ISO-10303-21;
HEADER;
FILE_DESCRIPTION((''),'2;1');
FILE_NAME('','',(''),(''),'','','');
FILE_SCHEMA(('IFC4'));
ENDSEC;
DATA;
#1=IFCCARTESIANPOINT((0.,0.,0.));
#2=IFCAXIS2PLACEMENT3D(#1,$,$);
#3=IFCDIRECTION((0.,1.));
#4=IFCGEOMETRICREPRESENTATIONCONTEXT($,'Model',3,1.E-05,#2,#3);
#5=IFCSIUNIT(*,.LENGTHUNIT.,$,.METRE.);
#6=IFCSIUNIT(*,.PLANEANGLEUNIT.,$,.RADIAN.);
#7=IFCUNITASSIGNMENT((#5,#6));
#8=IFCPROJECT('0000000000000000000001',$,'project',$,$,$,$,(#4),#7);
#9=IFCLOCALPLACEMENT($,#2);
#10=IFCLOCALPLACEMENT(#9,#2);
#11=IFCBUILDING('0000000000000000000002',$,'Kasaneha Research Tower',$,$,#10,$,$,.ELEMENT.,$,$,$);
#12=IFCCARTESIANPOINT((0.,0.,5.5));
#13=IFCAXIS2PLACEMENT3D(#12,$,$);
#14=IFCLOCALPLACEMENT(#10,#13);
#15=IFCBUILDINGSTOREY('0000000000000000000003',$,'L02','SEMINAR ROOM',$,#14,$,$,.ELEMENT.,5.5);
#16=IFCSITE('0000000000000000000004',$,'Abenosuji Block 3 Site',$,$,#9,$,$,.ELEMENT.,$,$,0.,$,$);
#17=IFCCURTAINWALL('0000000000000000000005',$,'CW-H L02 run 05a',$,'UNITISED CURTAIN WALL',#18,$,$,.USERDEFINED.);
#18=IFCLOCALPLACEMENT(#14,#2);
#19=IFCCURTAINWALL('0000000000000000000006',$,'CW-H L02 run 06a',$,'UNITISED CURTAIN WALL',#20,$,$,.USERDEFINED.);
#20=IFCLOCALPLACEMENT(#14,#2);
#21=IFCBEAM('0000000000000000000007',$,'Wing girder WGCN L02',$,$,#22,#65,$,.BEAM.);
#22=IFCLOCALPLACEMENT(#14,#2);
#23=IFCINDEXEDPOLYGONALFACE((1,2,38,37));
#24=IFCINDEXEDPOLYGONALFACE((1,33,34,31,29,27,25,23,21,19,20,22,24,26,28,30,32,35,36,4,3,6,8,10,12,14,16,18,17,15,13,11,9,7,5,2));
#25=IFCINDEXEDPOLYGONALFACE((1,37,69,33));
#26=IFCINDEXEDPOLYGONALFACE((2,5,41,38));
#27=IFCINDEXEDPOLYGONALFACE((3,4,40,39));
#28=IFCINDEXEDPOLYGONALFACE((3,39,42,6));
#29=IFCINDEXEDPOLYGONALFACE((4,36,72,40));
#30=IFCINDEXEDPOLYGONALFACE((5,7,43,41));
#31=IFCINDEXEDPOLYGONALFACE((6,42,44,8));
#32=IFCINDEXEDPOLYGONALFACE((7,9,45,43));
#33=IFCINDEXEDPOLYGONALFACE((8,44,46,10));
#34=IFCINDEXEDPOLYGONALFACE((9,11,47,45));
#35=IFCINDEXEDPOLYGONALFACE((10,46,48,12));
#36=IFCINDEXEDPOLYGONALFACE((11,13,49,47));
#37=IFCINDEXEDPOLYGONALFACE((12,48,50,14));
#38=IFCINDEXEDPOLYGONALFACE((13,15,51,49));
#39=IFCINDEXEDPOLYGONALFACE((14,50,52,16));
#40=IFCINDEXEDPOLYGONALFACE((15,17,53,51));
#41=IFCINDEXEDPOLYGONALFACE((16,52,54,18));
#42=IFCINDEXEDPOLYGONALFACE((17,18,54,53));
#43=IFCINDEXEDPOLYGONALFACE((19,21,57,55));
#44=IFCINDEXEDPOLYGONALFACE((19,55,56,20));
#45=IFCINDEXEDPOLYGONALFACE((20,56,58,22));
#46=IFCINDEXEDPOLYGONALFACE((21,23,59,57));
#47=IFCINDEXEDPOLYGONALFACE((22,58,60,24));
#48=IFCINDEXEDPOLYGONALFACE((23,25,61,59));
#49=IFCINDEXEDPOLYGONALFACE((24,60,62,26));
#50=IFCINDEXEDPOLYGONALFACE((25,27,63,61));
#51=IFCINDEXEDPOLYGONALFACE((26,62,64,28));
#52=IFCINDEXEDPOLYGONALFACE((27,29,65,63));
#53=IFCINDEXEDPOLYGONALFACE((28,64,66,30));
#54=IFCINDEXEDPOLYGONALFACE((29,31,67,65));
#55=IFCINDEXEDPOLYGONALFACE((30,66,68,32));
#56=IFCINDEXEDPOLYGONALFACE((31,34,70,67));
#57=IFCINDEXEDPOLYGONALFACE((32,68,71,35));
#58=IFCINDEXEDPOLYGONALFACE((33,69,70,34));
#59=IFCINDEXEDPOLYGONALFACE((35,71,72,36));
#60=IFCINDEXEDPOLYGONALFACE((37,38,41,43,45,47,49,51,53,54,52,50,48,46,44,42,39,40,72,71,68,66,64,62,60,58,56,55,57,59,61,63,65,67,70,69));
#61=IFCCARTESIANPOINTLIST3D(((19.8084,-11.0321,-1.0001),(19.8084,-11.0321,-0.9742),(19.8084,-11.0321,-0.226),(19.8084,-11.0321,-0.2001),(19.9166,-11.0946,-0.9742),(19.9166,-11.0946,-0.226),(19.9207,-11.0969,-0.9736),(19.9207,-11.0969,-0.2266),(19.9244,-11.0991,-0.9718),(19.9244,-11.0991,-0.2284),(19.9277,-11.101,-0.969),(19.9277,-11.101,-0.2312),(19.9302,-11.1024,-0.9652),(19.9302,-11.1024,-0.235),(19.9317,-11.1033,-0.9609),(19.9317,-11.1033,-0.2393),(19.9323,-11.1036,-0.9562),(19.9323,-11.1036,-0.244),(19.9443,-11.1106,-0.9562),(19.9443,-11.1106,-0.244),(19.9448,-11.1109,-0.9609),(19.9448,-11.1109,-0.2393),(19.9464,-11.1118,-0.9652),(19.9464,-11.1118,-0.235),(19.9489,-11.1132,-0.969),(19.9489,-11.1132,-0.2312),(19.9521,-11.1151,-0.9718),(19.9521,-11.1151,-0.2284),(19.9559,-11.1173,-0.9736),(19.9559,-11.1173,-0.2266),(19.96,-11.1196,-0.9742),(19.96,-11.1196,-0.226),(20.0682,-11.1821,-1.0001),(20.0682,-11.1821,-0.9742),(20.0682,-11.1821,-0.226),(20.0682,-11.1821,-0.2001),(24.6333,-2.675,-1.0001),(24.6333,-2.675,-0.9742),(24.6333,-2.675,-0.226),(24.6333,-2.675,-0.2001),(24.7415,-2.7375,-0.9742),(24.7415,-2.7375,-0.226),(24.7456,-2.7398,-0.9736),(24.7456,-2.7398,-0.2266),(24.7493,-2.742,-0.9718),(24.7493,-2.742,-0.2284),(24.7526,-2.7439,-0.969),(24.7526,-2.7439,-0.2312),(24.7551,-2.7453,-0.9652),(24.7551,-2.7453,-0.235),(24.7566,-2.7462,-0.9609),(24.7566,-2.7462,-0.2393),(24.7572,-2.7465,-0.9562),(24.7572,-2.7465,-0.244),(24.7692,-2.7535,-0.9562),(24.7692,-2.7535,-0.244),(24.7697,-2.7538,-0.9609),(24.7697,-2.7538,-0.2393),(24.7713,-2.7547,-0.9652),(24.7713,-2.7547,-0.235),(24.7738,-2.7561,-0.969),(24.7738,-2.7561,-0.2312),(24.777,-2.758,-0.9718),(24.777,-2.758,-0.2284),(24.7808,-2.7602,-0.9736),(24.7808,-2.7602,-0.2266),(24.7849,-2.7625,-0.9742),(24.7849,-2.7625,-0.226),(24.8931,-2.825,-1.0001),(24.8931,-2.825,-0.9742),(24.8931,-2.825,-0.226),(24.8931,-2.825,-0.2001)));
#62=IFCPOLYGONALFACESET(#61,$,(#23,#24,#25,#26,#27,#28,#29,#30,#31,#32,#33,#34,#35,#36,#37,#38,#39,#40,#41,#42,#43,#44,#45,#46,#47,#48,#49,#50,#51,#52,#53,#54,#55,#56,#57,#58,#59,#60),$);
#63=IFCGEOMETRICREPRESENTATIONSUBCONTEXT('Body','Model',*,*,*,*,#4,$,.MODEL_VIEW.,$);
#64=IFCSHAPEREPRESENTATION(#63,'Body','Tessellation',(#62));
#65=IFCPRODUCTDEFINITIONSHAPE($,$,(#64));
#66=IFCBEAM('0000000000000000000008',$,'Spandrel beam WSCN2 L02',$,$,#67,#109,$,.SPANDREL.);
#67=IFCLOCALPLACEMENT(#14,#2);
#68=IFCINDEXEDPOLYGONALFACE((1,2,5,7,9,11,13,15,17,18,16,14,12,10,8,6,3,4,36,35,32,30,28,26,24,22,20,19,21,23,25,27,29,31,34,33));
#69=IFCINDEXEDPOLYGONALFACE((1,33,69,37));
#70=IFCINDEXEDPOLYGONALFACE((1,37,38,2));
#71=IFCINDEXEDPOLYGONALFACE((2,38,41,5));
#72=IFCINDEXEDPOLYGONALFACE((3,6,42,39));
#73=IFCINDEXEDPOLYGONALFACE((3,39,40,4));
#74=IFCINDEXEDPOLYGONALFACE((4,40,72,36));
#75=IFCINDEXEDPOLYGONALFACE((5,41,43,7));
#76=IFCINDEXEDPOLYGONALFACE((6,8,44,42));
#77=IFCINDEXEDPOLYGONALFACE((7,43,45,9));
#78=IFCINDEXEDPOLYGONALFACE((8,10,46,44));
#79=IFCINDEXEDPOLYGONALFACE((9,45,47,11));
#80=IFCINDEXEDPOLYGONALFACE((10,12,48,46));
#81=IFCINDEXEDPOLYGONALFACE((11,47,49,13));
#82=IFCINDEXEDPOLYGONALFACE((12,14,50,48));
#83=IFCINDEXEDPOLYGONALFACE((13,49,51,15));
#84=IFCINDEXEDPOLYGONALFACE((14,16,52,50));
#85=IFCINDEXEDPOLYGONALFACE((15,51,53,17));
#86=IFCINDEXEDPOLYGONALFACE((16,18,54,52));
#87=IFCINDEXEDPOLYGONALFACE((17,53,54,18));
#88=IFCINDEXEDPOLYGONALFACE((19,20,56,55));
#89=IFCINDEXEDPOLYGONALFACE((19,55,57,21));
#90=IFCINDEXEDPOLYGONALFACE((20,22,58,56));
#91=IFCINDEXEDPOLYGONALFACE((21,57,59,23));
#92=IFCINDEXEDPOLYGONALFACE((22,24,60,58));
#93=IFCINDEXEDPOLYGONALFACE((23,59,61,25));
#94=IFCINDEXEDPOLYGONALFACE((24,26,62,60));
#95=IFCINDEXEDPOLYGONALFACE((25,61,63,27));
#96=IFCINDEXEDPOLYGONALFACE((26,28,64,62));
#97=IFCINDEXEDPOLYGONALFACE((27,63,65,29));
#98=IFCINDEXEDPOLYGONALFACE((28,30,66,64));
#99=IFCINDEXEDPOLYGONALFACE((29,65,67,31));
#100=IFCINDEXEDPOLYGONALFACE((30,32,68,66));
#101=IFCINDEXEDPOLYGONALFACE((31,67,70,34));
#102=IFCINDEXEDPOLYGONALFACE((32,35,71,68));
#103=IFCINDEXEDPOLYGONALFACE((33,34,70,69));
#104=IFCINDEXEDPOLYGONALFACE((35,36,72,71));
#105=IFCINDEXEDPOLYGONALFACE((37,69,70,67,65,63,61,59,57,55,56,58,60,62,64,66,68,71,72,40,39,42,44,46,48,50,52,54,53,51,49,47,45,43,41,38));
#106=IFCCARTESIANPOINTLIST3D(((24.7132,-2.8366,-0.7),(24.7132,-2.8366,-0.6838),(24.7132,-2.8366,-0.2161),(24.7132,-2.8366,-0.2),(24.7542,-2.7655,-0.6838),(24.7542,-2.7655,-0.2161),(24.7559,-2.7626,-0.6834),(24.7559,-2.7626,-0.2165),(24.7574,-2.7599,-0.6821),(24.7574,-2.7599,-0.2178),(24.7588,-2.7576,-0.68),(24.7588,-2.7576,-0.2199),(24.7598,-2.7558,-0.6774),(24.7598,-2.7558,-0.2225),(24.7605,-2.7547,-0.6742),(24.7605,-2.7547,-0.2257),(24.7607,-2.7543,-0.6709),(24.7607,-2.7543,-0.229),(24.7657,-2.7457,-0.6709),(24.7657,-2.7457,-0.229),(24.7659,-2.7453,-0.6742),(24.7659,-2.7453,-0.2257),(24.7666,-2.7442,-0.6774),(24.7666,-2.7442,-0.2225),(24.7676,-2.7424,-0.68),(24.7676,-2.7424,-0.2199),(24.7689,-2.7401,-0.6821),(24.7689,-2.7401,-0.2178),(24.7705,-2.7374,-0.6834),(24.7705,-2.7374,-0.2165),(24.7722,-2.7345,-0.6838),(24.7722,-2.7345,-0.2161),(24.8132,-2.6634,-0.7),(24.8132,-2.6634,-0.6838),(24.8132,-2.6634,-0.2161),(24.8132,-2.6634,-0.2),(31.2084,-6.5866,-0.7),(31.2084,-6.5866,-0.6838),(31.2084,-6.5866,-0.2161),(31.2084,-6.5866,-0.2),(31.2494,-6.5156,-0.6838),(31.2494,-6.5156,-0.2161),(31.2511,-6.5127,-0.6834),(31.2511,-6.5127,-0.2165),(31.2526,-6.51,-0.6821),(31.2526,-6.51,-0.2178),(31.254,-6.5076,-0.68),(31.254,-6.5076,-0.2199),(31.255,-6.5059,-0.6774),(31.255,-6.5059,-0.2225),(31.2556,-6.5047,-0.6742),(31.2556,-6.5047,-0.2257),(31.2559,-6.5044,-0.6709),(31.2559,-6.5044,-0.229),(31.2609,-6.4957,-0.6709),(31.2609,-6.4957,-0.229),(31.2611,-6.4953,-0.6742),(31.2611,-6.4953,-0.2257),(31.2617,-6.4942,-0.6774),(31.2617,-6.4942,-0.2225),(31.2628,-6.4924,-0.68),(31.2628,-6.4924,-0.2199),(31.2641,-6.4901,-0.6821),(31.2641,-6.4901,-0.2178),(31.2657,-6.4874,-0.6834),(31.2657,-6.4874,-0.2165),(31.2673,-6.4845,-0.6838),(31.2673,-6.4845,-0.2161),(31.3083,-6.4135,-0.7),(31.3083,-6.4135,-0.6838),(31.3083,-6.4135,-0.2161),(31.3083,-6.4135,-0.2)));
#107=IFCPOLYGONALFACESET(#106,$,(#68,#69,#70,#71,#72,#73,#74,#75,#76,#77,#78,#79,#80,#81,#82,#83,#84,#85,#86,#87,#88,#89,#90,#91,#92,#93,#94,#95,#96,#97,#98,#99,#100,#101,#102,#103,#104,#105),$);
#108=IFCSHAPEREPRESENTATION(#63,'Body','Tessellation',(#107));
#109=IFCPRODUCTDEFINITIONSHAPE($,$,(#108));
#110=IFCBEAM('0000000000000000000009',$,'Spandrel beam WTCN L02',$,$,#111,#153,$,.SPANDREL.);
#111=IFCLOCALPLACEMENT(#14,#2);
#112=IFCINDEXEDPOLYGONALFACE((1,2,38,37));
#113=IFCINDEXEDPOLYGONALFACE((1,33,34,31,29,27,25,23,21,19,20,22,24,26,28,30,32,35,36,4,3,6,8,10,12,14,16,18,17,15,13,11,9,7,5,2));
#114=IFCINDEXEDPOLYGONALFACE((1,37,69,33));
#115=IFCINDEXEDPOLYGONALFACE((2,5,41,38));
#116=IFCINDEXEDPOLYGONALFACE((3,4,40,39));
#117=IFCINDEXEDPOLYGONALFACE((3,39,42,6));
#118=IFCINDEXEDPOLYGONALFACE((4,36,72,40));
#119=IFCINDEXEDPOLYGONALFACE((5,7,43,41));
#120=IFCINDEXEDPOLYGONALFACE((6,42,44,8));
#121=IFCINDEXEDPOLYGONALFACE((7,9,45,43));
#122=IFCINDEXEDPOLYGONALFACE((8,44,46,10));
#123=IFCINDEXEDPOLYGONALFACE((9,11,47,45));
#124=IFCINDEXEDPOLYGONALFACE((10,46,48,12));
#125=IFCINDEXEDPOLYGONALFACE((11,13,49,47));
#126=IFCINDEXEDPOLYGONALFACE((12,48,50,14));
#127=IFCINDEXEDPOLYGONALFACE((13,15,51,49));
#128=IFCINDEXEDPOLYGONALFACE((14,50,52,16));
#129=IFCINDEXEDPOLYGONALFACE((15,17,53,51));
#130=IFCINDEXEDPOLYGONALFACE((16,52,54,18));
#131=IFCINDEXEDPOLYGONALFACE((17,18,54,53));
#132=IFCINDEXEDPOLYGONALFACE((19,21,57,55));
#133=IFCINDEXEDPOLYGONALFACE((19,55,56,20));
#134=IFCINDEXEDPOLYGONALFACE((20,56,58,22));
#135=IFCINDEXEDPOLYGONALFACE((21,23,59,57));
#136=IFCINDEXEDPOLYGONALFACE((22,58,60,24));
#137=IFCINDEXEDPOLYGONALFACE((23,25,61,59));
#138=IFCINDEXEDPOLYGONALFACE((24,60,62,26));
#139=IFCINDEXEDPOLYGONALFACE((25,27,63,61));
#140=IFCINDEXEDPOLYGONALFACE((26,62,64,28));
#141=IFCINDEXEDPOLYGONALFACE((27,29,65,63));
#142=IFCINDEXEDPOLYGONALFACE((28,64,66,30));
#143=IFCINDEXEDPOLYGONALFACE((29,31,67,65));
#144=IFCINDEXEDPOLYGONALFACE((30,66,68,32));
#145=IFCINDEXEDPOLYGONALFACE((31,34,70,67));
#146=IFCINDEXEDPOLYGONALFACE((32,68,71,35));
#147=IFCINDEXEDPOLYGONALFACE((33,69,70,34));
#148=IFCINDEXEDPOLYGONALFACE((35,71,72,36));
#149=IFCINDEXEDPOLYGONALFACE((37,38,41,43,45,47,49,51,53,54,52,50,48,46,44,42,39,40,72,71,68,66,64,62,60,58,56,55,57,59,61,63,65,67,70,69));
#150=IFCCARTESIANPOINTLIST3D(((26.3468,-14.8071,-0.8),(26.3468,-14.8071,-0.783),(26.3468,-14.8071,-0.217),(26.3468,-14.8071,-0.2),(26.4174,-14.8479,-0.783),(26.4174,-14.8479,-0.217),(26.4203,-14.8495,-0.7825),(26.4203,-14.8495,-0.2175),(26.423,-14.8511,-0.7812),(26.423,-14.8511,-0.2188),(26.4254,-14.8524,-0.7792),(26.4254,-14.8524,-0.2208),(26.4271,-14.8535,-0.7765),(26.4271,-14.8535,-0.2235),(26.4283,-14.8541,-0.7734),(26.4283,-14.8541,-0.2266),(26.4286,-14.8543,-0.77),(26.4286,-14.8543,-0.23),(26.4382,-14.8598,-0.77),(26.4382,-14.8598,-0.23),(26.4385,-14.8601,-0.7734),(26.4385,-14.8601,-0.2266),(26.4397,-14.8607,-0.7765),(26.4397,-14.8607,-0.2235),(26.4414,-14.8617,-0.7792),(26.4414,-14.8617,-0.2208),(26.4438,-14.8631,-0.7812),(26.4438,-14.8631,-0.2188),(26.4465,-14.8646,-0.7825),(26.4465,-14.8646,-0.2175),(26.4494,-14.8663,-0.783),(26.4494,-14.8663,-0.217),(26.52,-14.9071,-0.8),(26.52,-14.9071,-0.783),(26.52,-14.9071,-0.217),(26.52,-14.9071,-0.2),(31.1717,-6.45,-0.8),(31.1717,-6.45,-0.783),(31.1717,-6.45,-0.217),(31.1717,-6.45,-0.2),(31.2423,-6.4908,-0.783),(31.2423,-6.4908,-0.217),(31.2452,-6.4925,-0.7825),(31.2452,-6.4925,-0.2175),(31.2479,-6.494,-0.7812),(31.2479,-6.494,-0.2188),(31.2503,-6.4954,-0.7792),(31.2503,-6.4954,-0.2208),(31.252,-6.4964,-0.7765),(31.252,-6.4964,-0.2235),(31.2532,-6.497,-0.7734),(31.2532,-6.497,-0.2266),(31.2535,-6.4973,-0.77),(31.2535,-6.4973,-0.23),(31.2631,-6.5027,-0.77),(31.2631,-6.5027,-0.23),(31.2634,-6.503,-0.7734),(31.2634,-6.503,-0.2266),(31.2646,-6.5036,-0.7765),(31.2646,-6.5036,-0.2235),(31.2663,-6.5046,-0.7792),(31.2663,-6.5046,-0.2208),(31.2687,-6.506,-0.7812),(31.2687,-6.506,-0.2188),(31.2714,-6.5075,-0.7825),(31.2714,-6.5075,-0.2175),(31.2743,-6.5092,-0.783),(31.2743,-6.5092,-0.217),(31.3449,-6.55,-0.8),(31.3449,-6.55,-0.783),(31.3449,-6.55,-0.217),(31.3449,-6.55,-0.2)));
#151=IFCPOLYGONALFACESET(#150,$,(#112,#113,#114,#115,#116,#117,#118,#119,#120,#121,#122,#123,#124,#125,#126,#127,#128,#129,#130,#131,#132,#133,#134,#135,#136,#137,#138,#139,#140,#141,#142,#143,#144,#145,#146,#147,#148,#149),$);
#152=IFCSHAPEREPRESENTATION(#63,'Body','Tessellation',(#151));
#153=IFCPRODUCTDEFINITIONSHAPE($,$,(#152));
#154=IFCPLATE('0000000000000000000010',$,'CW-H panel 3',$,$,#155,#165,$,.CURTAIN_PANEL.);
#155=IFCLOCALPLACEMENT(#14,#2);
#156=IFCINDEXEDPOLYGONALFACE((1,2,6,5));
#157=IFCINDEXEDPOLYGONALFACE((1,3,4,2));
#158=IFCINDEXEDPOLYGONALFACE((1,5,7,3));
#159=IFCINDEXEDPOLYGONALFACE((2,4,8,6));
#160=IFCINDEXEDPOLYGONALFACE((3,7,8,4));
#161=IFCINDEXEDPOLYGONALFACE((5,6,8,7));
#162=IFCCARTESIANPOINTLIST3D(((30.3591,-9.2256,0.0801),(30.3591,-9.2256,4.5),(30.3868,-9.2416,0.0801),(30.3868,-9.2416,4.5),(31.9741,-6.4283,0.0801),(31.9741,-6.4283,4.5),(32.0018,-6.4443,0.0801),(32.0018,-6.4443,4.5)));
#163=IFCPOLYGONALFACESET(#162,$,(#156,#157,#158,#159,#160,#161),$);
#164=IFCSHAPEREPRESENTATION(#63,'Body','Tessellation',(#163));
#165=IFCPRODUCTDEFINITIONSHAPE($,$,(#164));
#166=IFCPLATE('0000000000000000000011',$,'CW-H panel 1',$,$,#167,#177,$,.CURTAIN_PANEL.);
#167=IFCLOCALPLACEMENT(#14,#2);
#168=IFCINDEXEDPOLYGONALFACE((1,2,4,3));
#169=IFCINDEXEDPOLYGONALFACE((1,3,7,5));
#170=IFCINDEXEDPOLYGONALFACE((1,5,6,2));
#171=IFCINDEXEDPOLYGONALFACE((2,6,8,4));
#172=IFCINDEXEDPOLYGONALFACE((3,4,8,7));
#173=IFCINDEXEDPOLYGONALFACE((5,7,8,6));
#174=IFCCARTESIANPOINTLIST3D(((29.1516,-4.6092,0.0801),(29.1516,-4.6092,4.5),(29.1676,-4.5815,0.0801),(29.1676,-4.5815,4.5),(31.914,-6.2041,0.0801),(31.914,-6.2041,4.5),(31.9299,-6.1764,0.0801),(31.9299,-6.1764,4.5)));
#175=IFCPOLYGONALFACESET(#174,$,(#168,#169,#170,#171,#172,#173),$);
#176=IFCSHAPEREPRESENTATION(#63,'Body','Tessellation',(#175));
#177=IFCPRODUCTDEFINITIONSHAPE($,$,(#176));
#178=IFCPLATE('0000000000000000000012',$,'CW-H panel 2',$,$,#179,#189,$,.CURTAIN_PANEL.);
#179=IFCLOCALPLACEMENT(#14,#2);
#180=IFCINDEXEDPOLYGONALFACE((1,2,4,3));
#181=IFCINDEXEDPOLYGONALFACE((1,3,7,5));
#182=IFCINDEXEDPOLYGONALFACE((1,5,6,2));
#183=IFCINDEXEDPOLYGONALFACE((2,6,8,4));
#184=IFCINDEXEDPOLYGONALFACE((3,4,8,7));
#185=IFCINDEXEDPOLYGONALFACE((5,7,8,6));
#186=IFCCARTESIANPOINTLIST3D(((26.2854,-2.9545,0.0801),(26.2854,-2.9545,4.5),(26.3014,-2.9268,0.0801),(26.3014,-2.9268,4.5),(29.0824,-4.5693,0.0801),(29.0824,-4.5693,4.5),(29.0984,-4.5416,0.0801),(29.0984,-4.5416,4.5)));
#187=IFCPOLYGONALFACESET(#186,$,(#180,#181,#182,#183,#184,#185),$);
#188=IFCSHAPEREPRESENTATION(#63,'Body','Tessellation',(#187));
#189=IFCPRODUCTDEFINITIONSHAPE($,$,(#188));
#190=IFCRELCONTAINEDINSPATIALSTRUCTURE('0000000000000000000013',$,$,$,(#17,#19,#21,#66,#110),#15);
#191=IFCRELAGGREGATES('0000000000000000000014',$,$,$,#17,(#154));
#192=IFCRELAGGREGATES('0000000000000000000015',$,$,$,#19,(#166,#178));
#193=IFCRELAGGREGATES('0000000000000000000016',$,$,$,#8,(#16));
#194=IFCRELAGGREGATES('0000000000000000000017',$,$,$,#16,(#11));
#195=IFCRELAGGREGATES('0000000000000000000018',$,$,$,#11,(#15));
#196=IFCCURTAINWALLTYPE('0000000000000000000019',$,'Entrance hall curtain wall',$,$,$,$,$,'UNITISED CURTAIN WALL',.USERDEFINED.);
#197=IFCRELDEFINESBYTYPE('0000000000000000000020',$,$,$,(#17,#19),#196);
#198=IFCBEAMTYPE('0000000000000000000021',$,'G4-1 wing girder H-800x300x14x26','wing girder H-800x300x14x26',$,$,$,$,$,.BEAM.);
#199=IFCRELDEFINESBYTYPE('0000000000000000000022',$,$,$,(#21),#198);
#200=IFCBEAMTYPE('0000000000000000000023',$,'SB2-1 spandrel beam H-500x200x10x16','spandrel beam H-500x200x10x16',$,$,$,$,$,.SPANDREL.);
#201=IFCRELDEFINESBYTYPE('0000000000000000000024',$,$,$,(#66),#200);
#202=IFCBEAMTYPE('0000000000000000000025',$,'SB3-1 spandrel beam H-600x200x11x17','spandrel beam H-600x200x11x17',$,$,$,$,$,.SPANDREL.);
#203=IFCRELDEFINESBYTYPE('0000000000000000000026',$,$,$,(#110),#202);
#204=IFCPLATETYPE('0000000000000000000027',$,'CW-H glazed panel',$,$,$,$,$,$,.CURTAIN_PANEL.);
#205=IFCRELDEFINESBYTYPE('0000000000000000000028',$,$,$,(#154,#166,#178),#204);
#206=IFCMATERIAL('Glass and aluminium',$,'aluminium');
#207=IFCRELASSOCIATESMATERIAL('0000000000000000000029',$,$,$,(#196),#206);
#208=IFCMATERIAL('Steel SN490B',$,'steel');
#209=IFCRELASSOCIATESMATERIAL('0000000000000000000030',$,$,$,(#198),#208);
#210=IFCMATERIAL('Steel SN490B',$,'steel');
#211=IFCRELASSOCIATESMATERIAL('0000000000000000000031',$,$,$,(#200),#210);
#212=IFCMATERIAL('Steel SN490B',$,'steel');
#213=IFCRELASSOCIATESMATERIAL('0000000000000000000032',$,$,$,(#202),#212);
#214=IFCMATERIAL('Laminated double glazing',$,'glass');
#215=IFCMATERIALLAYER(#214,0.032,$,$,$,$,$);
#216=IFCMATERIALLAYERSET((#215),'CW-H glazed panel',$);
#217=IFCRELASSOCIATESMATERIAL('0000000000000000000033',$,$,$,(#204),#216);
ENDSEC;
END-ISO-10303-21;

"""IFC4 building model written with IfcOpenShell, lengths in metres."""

from ifc_helpers import new_model, si_unit, direction, frame, origin, origin_2d, place, context, subcontext, project, spatial, rectangle, i_section, extrude, material, layer, layer_set, material_profile, profile_set, type_object, element, aggregate, save


model = new_model("IFC4")

# Units and contexts
model_context = context("Model", 3, precision=1e-05, world=origin(), true_north=direction((0.0, 1.0)))
body_context = subcontext(model_context, "Body", "Model", "MODEL_VIEW")
ifc_project = project(units=[si_unit("LENGTHUNIT", "METRE"), si_unit("PLANEANGLEUNIT", "RADIAN")], contexts=[model_context])

# Site, building, storey
site_placement = place(None, origin())
site = spatial("IfcSite", under=ifc_project, at=site_placement, Name="Abenosuji Block 3 Site", CompositionType="ELEMENT", RefElevation=0.0)
building_placement = place(site_placement, origin())
building = spatial("IfcBuilding", under=site, at=building_placement, Name="Kasaneha Research Tower", CompositionType="ELEMENT")
storey_placement = place(building_placement, frame((0.0, 0.0, 5.5)))
storey = spatial("IfcBuildingStorey", under=building, at=storey_placement, Name="L02", Description="SEMINAR ROOM", CompositionType="ELEMENT", Elevation=5.5)

# Curtain walls
ifc_material_1 = material(Name="Glass and aluminium", Category="aluminium")
curtain_wall_type = type_object("IfcCurtainWallType", Name="Entrance hall curtain wall", ElementType="UNITISED CURTAIN WALL", PredefinedType="USERDEFINED", material=ifc_material_1)
curtain_wall_1_placement = place(storey_placement, origin())
curtain_wall_1 = element("IfcCurtainWall", 1, at=curtain_wall_1_placement, inside=storey, type_object=curtain_wall_type, Name="CW-H L02 run 05a", ObjectType="UNITISED CURTAIN WALL", PredefinedType="USERDEFINED")
curtain_wall_2_placement = place(storey_placement, origin())
curtain_wall_2 = element("IfcCurtainWall", 2, at=curtain_wall_2_placement, inside=storey, type_object=curtain_wall_type, Name="CW-H L02 run 06a", ObjectType="UNITISED CURTAIN WALL", PredefinedType="USERDEFINED")

# Beams
ifc_material_2 = material(Name="Steel SN490B", Category="steel")
ifc_material_profile_1 = material_profile(ifc_material_2, i_section(OverallWidth=0.3, OverallDepth=0.8, WebThickness=0.0139, FlangeThickness=0.0259, FilletRadius=0.0181, at=origin_2d()), Name="H-800x300x14x26")
ifc_profile_set_1 = profile_set([ifc_material_profile_1], Name="Steel SN490B")
beam_type_1 = type_object("IfcBeamType", Name="G4-1 wing girder H-800x300x14x26", Description="wing girder H-800x300x14x26", PredefinedType="BEAM", material=ifc_profile_set_1)
beam_1_placement = place(storey_placement, frame((24.7632, -2.75, -0.6001), z_axis=(-0.499995, -0.866028, 0.0), x_axis=(0.866028, -0.499995, 0.0)))
element("IfcBeam", 3, at=beam_1_placement, inside=storey, type_object=beam_type_1, Name="Wing girder WGCN L02", PredefinedType="BEAM", context=body_context, shape_type="SweptSolid", body=[
    extrude(i_section(OverallWidth=0.3, OverallDepth=0.8, WebThickness=0.0139, FlangeThickness=0.0259, FilletRadius=0.0181, at=origin_2d()), origin(), (0.0, 0.0, 1.0), 9.6499),
])
ifc_material_3 = material(Name="Steel SN490B", Category="steel")
ifc_material_profile_2 = material_profile(ifc_material_3, i_section(OverallWidth=0.2, OverallDepth=0.5, WebThickness=0.01, FlangeThickness=0.0161, FilletRadius=0.0129, at=origin_2d()), Name="H-500x200x10x16")
ifc_profile_set_2 = profile_set([ifc_material_profile_2], Name="Steel SN490B")
beam_type_2 = type_object("IfcBeamType", Name="SB2-1 spandrel beam H-500x200x10x16", Description="spandrel beam H-500x200x10x16", PredefinedType="SPANDREL", material=ifc_profile_set_2)
beam_2_placement = place(storey_placement, frame((24.7632, -2.75, -0.45), z_axis=(0.866023, -0.500004, 0.0), x_axis=(0.500004, 0.866023, 0.0)))
element("IfcBeam", 4, at=beam_2_placement, inside=storey, type_object=beam_type_2, Name="Spandrel beam WSCN2 L02", PredefinedType="SPANDREL", context=body_context, shape_type="SweptSolid", body=[
    extrude(i_section(OverallWidth=0.2, OverallDepth=0.5, WebThickness=0.01, FlangeThickness=0.0161, FilletRadius=0.0129, at=origin_2d()), origin(), (0.0, 0.0, 1.0), 7.5),
])
ifc_material_4 = material(Name="Steel SN490B", Category="steel")
ifc_material_profile_3 = material_profile(ifc_material_4, i_section(OverallWidth=0.2, OverallDepth=0.6001, WebThickness=0.011, FlangeThickness=0.0171, FilletRadius=0.0129, at=origin_2d()), Name="H-600x200x11x17")
ifc_profile_set_3 = profile_set([ifc_material_profile_3], Name="Steel SN490B")
beam_type_3 = type_object("IfcBeamType", Name="SB3-1 spandrel beam H-600x200x11x17", Description="spandrel beam H-600x200x11x17", PredefinedType="SPANDREL", material=ifc_profile_set_3)
beam_3_placement = place(storey_placement, frame((31.2583, -6.5, -0.5), z_axis=(-0.499995, -0.866028, 0.0), x_axis=(0.866028, -0.499995, 0.0)))
element("IfcBeam", 5, at=beam_3_placement, inside=storey, type_object=beam_type_3, Name="Spandrel beam WTCN L02", PredefinedType="SPANDREL", context=body_context, shape_type="SweptSolid", body=[
    extrude(i_section(OverallWidth=0.2, OverallDepth=0.6001, WebThickness=0.011, FlangeThickness=0.0171, FilletRadius=0.0129, at=origin_2d()), origin(), (0.0, 0.0, 1.0), 9.6499),
])

# Plates
ifc_material_5 = material(Name="Laminated double glazing", Category="glass")
ifc_layer_1 = layer(ifc_material_5, 0.032)
ifc_layer_set_1 = layer_set([ifc_layer_1], Name="CW-H glazed panel")
plate_type = type_object("IfcPlateType", Name="CW-H glazed panel", PredefinedType="CURTAIN_PANEL", material=ifc_layer_set_1)
plate_1_placement = place(storey_placement, frame((31.1804, -7.835, 0.0801), z_axis=(0.0, 0.0, 1.0), x_axis=(0.5, 0.866025, 0.0)))
plate_1 = element("IfcPlate", 6, at=plate_1_placement, type_object=plate_type, Name="CW-H panel 3", PredefinedType="CURTAIN_PANEL", context=body_context, shape_type="SweptSolid", body=[
    extrude(rectangle(XDim=3.23, YDim=0.032, at=origin_2d()), origin(), (0.0, 0.0, 1.0), 4.4199),
])
aggregate(curtain_wall_1, [plate_1])
plate_2_placement = place(storey_placement, frame((30.5408, -5.3928, 0.0801), z_axis=(0.0, 0.0, 1.0), x_axis=(-0.866025, 0.5, 0.0)))
plate_2 = element("IfcPlate", 7, at=plate_2_placement, type_object=plate_type, Name="CW-H panel 1", PredefinedType="CURTAIN_PANEL", context=body_context, shape_type="SweptSolid", body=[
    extrude(rectangle(XDim=3.1897, YDim=0.032, at=origin_2d()), origin(), (0.0, 0.0, 1.0), 4.4199),
])
plate_3_placement = place(storey_placement, frame((27.6919, -3.748, 0.0801), z_axis=(0.0, 0.0, 1.0), x_axis=(-0.866025, 0.5, 0.0)))
plate_3 = element("IfcPlate", 8, at=plate_3_placement, type_object=plate_type, Name="CW-H panel 2", PredefinedType="CURTAIN_PANEL", context=body_context, shape_type="SweptSolid", body=[
    extrude(rectangle(XDim=3.2297, YDim=0.032, at=origin_2d()), origin(), (0.0, 0.0, 1.0), 4.4199),
])
aggregate(curtain_wall_2, [plate_2, plate_3])

save(model, "model.ifc")
